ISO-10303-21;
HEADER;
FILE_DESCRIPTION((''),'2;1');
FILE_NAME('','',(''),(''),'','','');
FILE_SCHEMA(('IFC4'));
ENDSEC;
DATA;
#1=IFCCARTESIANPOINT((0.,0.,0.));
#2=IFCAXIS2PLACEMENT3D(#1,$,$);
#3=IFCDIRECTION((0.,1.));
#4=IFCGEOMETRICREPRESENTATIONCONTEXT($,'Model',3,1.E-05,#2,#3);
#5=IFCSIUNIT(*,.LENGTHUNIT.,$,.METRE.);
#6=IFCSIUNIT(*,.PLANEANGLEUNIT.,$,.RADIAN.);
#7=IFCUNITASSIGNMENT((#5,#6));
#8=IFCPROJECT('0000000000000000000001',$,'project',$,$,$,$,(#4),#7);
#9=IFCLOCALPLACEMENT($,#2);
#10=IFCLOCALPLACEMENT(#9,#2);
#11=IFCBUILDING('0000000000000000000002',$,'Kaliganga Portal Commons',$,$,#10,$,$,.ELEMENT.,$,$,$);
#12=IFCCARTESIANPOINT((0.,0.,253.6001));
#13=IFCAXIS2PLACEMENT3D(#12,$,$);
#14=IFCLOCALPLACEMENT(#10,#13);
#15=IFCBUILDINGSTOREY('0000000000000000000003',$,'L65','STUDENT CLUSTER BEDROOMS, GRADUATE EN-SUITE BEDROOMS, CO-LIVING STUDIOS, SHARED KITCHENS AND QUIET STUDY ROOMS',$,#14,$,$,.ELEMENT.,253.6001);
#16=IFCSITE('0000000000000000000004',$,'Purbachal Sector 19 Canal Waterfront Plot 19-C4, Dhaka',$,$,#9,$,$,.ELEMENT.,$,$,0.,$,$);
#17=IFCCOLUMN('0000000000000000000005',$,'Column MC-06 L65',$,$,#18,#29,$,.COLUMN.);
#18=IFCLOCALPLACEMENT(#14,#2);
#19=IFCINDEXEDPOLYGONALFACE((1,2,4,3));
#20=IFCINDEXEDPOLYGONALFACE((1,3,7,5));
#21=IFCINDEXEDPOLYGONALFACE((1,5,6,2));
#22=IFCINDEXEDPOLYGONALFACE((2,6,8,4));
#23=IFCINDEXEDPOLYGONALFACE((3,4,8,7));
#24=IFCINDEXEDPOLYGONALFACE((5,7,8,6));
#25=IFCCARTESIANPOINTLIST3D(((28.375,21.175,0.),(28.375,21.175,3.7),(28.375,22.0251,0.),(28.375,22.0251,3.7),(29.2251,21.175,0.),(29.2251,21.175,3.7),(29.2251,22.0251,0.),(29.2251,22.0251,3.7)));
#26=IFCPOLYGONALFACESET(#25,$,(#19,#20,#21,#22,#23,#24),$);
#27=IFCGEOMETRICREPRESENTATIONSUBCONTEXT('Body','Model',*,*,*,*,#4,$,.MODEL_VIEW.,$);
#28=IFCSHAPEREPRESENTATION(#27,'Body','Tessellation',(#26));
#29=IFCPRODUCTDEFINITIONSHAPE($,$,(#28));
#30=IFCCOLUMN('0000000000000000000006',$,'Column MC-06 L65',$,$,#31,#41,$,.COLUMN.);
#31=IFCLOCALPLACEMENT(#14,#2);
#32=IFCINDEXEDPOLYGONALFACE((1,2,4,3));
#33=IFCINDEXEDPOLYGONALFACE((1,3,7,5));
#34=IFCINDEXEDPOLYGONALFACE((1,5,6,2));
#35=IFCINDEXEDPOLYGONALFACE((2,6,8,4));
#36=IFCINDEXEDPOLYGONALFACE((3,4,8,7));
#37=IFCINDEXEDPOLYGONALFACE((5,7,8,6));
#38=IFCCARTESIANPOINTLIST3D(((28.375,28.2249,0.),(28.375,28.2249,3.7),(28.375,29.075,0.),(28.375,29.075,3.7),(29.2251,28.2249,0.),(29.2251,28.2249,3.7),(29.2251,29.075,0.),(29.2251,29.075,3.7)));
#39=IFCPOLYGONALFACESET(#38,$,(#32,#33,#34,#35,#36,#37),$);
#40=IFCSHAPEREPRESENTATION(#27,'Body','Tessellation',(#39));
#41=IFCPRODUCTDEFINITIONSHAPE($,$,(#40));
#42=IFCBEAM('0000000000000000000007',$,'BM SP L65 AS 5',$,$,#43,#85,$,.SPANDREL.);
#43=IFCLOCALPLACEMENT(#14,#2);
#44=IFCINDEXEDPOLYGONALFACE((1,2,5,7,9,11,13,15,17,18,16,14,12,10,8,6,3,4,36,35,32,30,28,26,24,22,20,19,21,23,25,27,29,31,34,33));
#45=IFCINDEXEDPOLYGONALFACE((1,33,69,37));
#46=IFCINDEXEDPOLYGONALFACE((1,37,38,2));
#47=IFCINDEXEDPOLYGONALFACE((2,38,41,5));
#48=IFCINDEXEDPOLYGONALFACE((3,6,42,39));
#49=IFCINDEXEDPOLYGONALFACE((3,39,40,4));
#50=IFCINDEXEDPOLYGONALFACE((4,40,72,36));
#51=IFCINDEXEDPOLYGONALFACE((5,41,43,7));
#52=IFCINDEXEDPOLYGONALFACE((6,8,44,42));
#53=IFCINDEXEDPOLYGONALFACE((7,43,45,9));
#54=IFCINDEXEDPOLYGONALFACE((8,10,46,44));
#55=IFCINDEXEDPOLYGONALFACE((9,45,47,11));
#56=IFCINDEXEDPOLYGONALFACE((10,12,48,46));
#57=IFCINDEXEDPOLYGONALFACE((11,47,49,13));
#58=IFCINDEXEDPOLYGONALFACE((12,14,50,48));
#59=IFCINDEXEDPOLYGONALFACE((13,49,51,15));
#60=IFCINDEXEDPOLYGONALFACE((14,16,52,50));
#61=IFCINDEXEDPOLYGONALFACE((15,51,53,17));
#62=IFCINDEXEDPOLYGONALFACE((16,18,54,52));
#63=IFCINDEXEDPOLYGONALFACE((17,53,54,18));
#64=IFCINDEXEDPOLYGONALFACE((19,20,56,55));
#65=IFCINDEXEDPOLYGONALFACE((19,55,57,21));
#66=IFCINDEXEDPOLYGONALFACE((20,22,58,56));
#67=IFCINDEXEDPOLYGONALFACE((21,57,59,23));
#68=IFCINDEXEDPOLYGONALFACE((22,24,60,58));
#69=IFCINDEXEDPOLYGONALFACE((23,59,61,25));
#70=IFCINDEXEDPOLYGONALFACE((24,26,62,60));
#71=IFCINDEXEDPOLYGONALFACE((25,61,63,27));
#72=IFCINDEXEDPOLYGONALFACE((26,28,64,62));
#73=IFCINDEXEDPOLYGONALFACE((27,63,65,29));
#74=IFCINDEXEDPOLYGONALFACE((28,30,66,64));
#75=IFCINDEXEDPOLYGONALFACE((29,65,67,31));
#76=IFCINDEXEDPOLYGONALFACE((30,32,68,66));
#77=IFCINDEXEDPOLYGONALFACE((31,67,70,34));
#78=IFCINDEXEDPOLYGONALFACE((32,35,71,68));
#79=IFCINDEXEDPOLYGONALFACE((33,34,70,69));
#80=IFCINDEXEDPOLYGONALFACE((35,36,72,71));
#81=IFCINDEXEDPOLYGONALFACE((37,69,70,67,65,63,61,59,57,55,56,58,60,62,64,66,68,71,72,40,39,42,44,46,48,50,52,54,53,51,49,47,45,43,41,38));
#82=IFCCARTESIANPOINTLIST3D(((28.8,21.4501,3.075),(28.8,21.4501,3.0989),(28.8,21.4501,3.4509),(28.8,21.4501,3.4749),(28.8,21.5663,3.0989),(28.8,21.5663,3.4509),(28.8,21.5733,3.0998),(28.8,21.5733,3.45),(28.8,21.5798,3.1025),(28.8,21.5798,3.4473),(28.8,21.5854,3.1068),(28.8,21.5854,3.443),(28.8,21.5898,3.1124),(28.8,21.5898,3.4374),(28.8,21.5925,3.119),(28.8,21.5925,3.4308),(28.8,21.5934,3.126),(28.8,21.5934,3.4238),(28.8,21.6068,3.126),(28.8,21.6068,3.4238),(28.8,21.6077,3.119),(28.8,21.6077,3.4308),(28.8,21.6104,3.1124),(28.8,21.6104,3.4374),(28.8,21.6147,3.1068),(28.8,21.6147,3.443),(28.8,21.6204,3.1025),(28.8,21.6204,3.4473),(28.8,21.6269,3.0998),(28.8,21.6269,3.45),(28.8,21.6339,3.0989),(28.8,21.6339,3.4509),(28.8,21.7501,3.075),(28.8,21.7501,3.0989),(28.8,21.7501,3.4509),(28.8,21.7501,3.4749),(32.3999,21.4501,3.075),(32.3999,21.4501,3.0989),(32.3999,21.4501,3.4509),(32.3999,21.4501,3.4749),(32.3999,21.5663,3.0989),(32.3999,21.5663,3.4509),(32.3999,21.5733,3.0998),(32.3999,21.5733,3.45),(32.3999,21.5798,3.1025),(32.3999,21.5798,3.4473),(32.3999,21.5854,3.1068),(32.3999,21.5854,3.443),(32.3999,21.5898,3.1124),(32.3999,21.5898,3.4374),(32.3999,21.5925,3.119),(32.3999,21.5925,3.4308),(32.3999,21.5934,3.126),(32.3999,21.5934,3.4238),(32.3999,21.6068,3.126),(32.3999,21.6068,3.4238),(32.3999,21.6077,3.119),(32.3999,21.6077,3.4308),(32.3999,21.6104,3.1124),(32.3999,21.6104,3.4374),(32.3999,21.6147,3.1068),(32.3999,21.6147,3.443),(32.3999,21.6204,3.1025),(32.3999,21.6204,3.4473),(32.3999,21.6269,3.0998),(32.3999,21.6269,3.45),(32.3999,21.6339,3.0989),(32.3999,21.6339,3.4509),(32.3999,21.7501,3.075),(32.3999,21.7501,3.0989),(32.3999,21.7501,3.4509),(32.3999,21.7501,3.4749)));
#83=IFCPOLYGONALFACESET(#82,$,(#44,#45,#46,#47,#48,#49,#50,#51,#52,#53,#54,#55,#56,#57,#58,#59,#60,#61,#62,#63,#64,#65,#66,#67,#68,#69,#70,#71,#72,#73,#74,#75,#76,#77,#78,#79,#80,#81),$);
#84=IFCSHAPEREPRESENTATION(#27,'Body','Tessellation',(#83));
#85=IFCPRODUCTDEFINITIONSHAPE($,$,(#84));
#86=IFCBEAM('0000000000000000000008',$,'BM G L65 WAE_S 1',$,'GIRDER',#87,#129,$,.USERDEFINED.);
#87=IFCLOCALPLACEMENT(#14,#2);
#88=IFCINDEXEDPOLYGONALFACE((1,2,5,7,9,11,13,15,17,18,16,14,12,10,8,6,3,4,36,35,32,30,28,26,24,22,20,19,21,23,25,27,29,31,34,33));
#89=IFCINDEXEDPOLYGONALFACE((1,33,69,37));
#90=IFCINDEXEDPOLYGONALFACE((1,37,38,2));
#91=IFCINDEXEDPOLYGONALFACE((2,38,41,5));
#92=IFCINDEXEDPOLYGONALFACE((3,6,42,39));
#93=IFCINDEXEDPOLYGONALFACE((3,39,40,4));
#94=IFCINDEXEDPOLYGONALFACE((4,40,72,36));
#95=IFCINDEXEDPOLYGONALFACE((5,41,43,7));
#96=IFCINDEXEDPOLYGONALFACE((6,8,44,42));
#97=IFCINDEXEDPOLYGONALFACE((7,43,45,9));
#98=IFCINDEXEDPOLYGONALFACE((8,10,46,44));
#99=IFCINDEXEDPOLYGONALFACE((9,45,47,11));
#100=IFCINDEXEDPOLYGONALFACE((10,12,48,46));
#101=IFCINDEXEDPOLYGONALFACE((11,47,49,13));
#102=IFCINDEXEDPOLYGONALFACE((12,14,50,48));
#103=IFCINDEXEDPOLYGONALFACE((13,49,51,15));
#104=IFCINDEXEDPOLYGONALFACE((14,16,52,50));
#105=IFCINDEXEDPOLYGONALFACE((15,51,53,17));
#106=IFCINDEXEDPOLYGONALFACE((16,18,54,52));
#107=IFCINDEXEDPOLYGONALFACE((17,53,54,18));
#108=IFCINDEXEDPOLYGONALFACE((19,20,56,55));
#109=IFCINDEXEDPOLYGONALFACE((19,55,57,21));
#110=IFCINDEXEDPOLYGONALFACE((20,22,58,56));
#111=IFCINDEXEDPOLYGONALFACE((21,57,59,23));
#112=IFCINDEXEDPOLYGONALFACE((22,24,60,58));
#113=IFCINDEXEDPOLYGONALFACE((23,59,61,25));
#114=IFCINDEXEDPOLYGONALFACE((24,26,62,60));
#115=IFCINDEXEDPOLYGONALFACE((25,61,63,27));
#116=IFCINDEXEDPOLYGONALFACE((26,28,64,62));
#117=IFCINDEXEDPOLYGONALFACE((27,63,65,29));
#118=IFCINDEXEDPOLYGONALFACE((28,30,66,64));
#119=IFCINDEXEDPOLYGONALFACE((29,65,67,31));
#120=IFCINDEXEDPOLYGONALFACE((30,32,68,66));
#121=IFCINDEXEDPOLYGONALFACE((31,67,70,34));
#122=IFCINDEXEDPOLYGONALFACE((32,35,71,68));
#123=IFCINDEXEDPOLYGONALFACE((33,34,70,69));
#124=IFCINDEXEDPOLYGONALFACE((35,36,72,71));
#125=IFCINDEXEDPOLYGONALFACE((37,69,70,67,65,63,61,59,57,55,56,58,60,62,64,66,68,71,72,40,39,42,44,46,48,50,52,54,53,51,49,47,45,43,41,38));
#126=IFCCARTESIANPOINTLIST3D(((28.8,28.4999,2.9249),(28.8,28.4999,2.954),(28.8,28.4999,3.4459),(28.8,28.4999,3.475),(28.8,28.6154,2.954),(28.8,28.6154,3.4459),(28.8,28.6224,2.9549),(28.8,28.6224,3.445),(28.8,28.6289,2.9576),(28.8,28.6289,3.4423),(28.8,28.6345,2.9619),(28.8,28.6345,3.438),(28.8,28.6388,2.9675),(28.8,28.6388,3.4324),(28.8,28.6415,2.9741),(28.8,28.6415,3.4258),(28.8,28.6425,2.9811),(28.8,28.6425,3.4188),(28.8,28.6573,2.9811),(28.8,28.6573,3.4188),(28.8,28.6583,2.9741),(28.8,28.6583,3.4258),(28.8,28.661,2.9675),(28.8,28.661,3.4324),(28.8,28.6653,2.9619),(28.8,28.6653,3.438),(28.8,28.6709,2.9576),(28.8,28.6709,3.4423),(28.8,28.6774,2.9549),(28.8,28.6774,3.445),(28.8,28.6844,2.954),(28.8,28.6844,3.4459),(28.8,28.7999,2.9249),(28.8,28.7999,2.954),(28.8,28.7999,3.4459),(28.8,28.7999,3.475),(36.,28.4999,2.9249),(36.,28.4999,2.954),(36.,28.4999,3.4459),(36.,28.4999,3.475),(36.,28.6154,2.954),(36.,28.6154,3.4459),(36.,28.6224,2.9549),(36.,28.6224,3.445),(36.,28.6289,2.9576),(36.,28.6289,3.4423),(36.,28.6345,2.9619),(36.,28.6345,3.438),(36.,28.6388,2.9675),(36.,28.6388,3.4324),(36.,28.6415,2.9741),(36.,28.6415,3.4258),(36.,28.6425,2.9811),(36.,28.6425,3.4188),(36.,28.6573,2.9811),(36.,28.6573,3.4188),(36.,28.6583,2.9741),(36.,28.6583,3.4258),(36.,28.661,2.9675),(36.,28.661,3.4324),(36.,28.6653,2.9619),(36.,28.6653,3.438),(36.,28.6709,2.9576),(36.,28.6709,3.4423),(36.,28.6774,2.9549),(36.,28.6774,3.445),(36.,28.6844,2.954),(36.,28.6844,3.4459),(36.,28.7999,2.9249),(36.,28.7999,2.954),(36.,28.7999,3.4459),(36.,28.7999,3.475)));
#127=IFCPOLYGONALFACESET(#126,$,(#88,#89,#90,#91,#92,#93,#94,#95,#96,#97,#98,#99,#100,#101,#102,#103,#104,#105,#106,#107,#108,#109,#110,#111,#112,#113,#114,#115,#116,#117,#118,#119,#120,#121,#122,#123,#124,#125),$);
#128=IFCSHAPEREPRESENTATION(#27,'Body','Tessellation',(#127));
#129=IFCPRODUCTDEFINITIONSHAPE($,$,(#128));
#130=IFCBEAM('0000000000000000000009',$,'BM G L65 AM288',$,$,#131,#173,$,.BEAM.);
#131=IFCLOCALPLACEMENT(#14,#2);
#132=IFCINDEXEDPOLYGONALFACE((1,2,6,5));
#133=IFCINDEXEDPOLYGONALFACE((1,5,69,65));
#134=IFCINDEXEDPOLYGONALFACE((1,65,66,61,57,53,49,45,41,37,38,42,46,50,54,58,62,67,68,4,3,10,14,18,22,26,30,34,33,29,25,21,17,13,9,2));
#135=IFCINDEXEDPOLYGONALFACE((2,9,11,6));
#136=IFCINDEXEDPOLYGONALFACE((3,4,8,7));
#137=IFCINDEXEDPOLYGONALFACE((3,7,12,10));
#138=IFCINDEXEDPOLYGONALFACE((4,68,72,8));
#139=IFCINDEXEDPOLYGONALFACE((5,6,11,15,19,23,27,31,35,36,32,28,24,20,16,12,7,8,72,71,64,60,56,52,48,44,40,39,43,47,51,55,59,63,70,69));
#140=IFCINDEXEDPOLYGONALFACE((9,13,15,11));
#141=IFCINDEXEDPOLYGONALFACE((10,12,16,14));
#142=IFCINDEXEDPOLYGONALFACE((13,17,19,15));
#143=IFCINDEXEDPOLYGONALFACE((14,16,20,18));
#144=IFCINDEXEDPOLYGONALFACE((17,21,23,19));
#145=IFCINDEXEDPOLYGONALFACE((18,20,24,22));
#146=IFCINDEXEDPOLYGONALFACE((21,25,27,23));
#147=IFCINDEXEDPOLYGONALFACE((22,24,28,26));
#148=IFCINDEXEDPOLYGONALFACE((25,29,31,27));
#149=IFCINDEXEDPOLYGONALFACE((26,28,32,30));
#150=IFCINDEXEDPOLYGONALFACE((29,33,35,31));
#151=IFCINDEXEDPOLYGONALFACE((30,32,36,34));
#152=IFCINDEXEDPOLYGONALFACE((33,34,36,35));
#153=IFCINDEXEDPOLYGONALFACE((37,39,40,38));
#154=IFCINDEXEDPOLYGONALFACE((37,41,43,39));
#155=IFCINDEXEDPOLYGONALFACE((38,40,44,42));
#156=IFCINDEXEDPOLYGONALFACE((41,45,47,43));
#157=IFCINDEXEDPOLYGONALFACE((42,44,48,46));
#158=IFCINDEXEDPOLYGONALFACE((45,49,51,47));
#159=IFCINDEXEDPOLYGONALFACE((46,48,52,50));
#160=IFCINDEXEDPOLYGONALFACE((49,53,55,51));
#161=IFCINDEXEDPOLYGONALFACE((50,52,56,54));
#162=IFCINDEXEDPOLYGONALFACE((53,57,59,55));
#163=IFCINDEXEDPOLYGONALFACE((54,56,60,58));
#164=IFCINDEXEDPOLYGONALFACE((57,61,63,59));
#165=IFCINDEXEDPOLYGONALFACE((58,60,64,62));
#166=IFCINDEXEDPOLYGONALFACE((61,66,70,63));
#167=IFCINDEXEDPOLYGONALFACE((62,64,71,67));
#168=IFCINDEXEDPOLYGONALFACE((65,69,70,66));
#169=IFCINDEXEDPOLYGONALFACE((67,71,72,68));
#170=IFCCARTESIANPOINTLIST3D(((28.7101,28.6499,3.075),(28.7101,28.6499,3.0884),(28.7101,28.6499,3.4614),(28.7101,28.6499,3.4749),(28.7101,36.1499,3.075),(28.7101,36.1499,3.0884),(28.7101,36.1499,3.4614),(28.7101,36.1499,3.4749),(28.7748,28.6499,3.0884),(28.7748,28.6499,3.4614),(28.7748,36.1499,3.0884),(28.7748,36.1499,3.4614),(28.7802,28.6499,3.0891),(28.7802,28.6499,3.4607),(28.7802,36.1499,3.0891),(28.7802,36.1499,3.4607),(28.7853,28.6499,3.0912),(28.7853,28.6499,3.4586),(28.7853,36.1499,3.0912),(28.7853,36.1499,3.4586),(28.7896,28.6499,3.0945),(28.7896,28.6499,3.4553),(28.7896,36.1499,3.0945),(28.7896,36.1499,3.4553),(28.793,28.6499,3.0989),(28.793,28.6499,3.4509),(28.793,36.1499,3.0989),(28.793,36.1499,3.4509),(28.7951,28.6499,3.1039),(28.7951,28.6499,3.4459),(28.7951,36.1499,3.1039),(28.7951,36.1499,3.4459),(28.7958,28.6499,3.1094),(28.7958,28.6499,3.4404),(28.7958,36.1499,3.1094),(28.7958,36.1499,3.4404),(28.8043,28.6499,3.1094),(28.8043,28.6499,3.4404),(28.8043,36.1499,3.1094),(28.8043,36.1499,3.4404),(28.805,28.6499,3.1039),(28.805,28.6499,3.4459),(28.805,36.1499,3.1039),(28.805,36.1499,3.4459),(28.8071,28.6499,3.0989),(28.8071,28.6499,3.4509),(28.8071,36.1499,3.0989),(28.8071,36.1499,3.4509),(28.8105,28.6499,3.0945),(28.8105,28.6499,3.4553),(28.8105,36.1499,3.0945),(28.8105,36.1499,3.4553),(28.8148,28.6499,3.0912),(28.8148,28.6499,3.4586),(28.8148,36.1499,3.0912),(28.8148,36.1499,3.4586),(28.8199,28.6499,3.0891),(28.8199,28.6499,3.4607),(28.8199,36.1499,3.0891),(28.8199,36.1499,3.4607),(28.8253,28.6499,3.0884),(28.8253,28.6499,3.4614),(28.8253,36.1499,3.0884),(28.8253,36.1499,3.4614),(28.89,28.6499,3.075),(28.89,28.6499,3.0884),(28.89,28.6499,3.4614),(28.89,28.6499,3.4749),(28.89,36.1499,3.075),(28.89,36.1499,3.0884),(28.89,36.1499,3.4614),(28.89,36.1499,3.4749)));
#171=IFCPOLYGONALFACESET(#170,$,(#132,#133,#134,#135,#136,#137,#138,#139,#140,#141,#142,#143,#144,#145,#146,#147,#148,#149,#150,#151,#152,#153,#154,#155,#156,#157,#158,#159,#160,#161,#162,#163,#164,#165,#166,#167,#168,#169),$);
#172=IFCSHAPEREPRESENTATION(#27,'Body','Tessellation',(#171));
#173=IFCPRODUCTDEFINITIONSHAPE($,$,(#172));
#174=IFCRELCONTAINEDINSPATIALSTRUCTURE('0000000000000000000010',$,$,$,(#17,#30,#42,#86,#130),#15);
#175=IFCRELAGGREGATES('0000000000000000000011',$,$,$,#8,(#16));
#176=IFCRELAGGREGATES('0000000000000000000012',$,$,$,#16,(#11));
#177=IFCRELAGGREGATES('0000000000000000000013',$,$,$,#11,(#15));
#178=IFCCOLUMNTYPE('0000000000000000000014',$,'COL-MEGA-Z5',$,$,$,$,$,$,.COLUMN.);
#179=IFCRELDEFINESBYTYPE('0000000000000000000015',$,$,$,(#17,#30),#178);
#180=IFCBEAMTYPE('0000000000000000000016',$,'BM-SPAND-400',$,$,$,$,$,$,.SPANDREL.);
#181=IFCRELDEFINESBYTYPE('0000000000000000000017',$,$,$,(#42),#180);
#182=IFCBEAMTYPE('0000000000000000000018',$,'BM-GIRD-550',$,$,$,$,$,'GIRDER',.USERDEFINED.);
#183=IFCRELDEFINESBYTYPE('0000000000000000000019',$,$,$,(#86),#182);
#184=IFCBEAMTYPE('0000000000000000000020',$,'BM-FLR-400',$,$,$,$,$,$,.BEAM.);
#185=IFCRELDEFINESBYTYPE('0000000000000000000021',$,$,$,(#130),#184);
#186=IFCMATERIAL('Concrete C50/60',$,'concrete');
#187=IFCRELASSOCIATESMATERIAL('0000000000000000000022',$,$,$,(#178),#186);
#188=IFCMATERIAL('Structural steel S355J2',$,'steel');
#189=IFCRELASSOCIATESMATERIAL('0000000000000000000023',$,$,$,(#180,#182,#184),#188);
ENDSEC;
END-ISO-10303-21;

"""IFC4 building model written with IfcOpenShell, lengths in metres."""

from ifc_helpers import new_model, si_unit, direction, frame, origin, origin_2d, place, context, subcontext, project, spatial, rectangle, i_section, extrude, source, transform, mapped, material, material_profile, profile_set, type_object, element, save


model = new_model("IFC4")

# Units and contexts
model_context = context("Model", 3, precision=1e-05, world=origin(), true_north=direction((0.0, 1.0)))
body_context = subcontext(model_context, "Body", "Model", "MODEL_VIEW")
ifc_project = project(units=[si_unit("LENGTHUNIT", "METRE"), si_unit("PLANEANGLEUNIT", "RADIAN")], contexts=[model_context])

# Site, building, storey
site_placement = place(None, origin())
site = spatial("IfcSite", under=ifc_project, at=site_placement, Name="Purbachal Sector 19 Canal Waterfront Plot 19-C4, Dhaka", CompositionType="ELEMENT", RefElevation=0.0)
building_placement = place(site_placement, origin())
building = spatial("IfcBuilding", under=site, at=building_placement, Name="Kaliganga Portal Commons", CompositionType="ELEMENT")
storey_placement = place(building_placement, frame((0.0, 0.0, 253.6001)))
storey = spatial("IfcBuildingStorey", under=building, at=storey_placement, Name="L65", Description="STUDENT CLUSTER BEDROOMS, GRADUATE EN-SUITE BEDROOMS, CO-LIVING STUDIOS, SHARED KITCHENS AND QUIET STUDY ROOMS", CompositionType="ELEMENT", Elevation=253.6001)

# Columns
ifc_material_1 = material(Name="Concrete C50/60", Category="concrete")
ifc_material_profile_1 = material_profile(ifc_material_1, rectangle(XDim=0.8501, YDim=0.8501, at=origin_2d()), Name="RC 850x850")
ifc_profile_set_1 = profile_set([ifc_material_profile_1], Name="Concrete C50/60")
column_type = type_object("IfcColumnType", Name="COL-MEGA-Z5", PredefinedType="COLUMN", material=ifc_profile_set_1)
shared_shape_1 = source(origin(), body_context, "Body", "SweptSolid", [
    extrude(rectangle(XDim=0.8501, YDim=0.8501, at=origin_2d()), origin(), (0.0, 0.0, 1.0), 3.7),
])
for number, where, z_axis, x_axis, name in (
    (1, (28.8, 21.6001, 0.0), (0.0, 0.0, 1.0), (1.0, 0.0, 0.0), "Column MC-06 L65"),
    (2, (28.8, 28.6499, 0.0), (0.0, 0.0, 1.0), (1.0, 0.0, 0.0), "Column MC-06 L65"),
):
    element("IfcColumn", number, at=place(storey_placement, frame(where, z_axis=z_axis, x_axis=x_axis)), inside=storey, type_object=column_type, Name=name, PredefinedType="COLUMN", context=body_context, shape_type="MappedRepresentation", body=[
        mapped(shared_shape_1, transform((0.0, 0.0, 0.0), x_axis=(1.0, 0.0, 0.0), y_axis=(0.0, 1.0, 0.0), z_axis=(0.0, 0.0, 1.0), scale=1.0)),
    ])

# Beams
ifc_material_2 = material(Name="Structural steel S355J2", Category="steel")
ifc_material_profile_2 = material_profile(ifc_material_2, i_section(OverallWidth=0.3, OverallDepth=0.3999, WebThickness=0.0134, FlangeThickness=0.0239, FilletRadius=0.0271, at=origin_2d()), Name="HE 400 B")
ifc_profile_set_2 = profile_set([ifc_material_profile_2], Name="Structural steel S355J2 wide-flange")
beam_type_1 = type_object("IfcBeamType", Name="BM-SPAND-400", PredefinedType="SPANDREL", material=ifc_profile_set_2)
shared_shape_2 = source(origin(), body_context, "Body", "SweptSolid", [
    extrude(i_section(OverallWidth=0.3, OverallDepth=0.3999, WebThickness=0.0134, FlangeThickness=0.0239, FilletRadius=0.0271, at=origin_2d()), origin(), (0.0, 0.0, 1.0), 3.5999),
])
beam_1_placement = place(storey_placement, frame((28.8, 21.6001, 3.2749), z_axis=(1.0, 0.0, 0.0), x_axis=(0.0, 1.0, 0.0)))
element("IfcBeam", 3, at=beam_1_placement, inside=storey, type_object=beam_type_1, Name="BM SP L65 AS 5", PredefinedType="SPANDREL", context=body_context, shape_type="MappedRepresentation", body=[
    mapped(shared_shape_2, transform((0.0, 0.0, 0.0), x_axis=(1.0, 0.0, 0.0), y_axis=(0.0, 1.0, 0.0), z_axis=(0.0, 0.0, 1.0), scale=1.0)),
])
ifc_material_profile_3 = material_profile(ifc_material_2, i_section(OverallWidth=0.3, OverallDepth=0.55, WebThickness=0.0149, FlangeThickness=0.0291, FilletRadius=0.0271, at=origin_2d()), Name="HE 550 B")
ifc_profile_set_3 = profile_set([ifc_material_profile_3], Name="Structural steel S355J2 wide-flange")
beam_type_2 = type_object("IfcBeamType", Name="BM-GIRD-550", ElementType="GIRDER", PredefinedType="USERDEFINED", material=ifc_profile_set_3)
shared_shape_3 = source(origin(), body_context, "Body", "SweptSolid", [
    extrude(i_section(OverallWidth=0.3, OverallDepth=0.55, WebThickness=0.0149, FlangeThickness=0.0291, FilletRadius=0.0271, at=origin_2d()), origin(), (0.0, 0.0, 1.0), 7.2),
])
beam_2_placement = place(storey_placement, frame((28.8, 28.6499, 3.2), z_axis=(1.0, 0.0, 0.0), x_axis=(0.0, 1.0, 0.0)))
element("IfcBeam", 4, at=beam_2_placement, inside=storey, type_object=beam_type_2, Name="BM G L65 WAE_S 1", ObjectType="GIRDER", PredefinedType="USERDEFINED", context=body_context, shape_type="MappedRepresentation", body=[
    mapped(shared_shape_3, transform((0.0, 0.0, 0.0), x_axis=(1.0, 0.0, 0.0), y_axis=(0.0, 1.0, 0.0), z_axis=(0.0, 0.0, 1.0), scale=1.0)),
])
ifc_material_profile_4 = material_profile(ifc_material_2, i_section(OverallWidth=0.1799, OverallDepth=0.3999, WebThickness=0.0085, FlangeThickness=0.0134, FilletRadius=0.021, at=origin_2d()), Name="IPE 400")
ifc_profile_set_4 = profile_set([ifc_material_profile_4], Name="Structural steel S355J2 wide-flange")
beam_type_3 = type_object("IfcBeamType", Name="BM-FLR-400", PredefinedType="BEAM", material=ifc_profile_set_4)
shared_shape_4 = source(origin(), body_context, "Body", "SweptSolid", [
    extrude(i_section(OverallWidth=0.1799, OverallDepth=0.3999, WebThickness=0.0085, FlangeThickness=0.0134, FilletRadius=0.021, at=origin_2d()), origin(), (0.0, 0.0, 1.0), 7.5),
])
beam_3_placement = place(storey_placement, frame((28.8, 28.6499, 3.2749), z_axis=(0.0, 1.0, 0.0), x_axis=(-1.0, 0.0, 0.0)))
element("IfcBeam", 5, at=beam_3_placement, inside=storey, type_object=beam_type_3, Name="BM G L65 AM288", PredefinedType="BEAM", context=body_context, shape_type="MappedRepresentation", body=[
    mapped(shared_shape_4, transform((0.0, 0.0, 0.0), x_axis=(1.0, 0.0, 0.0), y_axis=(0.0, 1.0, 0.0), z_axis=(0.0, 0.0, 1.0), scale=1.0)),
])

save(model, "model.ifc")
